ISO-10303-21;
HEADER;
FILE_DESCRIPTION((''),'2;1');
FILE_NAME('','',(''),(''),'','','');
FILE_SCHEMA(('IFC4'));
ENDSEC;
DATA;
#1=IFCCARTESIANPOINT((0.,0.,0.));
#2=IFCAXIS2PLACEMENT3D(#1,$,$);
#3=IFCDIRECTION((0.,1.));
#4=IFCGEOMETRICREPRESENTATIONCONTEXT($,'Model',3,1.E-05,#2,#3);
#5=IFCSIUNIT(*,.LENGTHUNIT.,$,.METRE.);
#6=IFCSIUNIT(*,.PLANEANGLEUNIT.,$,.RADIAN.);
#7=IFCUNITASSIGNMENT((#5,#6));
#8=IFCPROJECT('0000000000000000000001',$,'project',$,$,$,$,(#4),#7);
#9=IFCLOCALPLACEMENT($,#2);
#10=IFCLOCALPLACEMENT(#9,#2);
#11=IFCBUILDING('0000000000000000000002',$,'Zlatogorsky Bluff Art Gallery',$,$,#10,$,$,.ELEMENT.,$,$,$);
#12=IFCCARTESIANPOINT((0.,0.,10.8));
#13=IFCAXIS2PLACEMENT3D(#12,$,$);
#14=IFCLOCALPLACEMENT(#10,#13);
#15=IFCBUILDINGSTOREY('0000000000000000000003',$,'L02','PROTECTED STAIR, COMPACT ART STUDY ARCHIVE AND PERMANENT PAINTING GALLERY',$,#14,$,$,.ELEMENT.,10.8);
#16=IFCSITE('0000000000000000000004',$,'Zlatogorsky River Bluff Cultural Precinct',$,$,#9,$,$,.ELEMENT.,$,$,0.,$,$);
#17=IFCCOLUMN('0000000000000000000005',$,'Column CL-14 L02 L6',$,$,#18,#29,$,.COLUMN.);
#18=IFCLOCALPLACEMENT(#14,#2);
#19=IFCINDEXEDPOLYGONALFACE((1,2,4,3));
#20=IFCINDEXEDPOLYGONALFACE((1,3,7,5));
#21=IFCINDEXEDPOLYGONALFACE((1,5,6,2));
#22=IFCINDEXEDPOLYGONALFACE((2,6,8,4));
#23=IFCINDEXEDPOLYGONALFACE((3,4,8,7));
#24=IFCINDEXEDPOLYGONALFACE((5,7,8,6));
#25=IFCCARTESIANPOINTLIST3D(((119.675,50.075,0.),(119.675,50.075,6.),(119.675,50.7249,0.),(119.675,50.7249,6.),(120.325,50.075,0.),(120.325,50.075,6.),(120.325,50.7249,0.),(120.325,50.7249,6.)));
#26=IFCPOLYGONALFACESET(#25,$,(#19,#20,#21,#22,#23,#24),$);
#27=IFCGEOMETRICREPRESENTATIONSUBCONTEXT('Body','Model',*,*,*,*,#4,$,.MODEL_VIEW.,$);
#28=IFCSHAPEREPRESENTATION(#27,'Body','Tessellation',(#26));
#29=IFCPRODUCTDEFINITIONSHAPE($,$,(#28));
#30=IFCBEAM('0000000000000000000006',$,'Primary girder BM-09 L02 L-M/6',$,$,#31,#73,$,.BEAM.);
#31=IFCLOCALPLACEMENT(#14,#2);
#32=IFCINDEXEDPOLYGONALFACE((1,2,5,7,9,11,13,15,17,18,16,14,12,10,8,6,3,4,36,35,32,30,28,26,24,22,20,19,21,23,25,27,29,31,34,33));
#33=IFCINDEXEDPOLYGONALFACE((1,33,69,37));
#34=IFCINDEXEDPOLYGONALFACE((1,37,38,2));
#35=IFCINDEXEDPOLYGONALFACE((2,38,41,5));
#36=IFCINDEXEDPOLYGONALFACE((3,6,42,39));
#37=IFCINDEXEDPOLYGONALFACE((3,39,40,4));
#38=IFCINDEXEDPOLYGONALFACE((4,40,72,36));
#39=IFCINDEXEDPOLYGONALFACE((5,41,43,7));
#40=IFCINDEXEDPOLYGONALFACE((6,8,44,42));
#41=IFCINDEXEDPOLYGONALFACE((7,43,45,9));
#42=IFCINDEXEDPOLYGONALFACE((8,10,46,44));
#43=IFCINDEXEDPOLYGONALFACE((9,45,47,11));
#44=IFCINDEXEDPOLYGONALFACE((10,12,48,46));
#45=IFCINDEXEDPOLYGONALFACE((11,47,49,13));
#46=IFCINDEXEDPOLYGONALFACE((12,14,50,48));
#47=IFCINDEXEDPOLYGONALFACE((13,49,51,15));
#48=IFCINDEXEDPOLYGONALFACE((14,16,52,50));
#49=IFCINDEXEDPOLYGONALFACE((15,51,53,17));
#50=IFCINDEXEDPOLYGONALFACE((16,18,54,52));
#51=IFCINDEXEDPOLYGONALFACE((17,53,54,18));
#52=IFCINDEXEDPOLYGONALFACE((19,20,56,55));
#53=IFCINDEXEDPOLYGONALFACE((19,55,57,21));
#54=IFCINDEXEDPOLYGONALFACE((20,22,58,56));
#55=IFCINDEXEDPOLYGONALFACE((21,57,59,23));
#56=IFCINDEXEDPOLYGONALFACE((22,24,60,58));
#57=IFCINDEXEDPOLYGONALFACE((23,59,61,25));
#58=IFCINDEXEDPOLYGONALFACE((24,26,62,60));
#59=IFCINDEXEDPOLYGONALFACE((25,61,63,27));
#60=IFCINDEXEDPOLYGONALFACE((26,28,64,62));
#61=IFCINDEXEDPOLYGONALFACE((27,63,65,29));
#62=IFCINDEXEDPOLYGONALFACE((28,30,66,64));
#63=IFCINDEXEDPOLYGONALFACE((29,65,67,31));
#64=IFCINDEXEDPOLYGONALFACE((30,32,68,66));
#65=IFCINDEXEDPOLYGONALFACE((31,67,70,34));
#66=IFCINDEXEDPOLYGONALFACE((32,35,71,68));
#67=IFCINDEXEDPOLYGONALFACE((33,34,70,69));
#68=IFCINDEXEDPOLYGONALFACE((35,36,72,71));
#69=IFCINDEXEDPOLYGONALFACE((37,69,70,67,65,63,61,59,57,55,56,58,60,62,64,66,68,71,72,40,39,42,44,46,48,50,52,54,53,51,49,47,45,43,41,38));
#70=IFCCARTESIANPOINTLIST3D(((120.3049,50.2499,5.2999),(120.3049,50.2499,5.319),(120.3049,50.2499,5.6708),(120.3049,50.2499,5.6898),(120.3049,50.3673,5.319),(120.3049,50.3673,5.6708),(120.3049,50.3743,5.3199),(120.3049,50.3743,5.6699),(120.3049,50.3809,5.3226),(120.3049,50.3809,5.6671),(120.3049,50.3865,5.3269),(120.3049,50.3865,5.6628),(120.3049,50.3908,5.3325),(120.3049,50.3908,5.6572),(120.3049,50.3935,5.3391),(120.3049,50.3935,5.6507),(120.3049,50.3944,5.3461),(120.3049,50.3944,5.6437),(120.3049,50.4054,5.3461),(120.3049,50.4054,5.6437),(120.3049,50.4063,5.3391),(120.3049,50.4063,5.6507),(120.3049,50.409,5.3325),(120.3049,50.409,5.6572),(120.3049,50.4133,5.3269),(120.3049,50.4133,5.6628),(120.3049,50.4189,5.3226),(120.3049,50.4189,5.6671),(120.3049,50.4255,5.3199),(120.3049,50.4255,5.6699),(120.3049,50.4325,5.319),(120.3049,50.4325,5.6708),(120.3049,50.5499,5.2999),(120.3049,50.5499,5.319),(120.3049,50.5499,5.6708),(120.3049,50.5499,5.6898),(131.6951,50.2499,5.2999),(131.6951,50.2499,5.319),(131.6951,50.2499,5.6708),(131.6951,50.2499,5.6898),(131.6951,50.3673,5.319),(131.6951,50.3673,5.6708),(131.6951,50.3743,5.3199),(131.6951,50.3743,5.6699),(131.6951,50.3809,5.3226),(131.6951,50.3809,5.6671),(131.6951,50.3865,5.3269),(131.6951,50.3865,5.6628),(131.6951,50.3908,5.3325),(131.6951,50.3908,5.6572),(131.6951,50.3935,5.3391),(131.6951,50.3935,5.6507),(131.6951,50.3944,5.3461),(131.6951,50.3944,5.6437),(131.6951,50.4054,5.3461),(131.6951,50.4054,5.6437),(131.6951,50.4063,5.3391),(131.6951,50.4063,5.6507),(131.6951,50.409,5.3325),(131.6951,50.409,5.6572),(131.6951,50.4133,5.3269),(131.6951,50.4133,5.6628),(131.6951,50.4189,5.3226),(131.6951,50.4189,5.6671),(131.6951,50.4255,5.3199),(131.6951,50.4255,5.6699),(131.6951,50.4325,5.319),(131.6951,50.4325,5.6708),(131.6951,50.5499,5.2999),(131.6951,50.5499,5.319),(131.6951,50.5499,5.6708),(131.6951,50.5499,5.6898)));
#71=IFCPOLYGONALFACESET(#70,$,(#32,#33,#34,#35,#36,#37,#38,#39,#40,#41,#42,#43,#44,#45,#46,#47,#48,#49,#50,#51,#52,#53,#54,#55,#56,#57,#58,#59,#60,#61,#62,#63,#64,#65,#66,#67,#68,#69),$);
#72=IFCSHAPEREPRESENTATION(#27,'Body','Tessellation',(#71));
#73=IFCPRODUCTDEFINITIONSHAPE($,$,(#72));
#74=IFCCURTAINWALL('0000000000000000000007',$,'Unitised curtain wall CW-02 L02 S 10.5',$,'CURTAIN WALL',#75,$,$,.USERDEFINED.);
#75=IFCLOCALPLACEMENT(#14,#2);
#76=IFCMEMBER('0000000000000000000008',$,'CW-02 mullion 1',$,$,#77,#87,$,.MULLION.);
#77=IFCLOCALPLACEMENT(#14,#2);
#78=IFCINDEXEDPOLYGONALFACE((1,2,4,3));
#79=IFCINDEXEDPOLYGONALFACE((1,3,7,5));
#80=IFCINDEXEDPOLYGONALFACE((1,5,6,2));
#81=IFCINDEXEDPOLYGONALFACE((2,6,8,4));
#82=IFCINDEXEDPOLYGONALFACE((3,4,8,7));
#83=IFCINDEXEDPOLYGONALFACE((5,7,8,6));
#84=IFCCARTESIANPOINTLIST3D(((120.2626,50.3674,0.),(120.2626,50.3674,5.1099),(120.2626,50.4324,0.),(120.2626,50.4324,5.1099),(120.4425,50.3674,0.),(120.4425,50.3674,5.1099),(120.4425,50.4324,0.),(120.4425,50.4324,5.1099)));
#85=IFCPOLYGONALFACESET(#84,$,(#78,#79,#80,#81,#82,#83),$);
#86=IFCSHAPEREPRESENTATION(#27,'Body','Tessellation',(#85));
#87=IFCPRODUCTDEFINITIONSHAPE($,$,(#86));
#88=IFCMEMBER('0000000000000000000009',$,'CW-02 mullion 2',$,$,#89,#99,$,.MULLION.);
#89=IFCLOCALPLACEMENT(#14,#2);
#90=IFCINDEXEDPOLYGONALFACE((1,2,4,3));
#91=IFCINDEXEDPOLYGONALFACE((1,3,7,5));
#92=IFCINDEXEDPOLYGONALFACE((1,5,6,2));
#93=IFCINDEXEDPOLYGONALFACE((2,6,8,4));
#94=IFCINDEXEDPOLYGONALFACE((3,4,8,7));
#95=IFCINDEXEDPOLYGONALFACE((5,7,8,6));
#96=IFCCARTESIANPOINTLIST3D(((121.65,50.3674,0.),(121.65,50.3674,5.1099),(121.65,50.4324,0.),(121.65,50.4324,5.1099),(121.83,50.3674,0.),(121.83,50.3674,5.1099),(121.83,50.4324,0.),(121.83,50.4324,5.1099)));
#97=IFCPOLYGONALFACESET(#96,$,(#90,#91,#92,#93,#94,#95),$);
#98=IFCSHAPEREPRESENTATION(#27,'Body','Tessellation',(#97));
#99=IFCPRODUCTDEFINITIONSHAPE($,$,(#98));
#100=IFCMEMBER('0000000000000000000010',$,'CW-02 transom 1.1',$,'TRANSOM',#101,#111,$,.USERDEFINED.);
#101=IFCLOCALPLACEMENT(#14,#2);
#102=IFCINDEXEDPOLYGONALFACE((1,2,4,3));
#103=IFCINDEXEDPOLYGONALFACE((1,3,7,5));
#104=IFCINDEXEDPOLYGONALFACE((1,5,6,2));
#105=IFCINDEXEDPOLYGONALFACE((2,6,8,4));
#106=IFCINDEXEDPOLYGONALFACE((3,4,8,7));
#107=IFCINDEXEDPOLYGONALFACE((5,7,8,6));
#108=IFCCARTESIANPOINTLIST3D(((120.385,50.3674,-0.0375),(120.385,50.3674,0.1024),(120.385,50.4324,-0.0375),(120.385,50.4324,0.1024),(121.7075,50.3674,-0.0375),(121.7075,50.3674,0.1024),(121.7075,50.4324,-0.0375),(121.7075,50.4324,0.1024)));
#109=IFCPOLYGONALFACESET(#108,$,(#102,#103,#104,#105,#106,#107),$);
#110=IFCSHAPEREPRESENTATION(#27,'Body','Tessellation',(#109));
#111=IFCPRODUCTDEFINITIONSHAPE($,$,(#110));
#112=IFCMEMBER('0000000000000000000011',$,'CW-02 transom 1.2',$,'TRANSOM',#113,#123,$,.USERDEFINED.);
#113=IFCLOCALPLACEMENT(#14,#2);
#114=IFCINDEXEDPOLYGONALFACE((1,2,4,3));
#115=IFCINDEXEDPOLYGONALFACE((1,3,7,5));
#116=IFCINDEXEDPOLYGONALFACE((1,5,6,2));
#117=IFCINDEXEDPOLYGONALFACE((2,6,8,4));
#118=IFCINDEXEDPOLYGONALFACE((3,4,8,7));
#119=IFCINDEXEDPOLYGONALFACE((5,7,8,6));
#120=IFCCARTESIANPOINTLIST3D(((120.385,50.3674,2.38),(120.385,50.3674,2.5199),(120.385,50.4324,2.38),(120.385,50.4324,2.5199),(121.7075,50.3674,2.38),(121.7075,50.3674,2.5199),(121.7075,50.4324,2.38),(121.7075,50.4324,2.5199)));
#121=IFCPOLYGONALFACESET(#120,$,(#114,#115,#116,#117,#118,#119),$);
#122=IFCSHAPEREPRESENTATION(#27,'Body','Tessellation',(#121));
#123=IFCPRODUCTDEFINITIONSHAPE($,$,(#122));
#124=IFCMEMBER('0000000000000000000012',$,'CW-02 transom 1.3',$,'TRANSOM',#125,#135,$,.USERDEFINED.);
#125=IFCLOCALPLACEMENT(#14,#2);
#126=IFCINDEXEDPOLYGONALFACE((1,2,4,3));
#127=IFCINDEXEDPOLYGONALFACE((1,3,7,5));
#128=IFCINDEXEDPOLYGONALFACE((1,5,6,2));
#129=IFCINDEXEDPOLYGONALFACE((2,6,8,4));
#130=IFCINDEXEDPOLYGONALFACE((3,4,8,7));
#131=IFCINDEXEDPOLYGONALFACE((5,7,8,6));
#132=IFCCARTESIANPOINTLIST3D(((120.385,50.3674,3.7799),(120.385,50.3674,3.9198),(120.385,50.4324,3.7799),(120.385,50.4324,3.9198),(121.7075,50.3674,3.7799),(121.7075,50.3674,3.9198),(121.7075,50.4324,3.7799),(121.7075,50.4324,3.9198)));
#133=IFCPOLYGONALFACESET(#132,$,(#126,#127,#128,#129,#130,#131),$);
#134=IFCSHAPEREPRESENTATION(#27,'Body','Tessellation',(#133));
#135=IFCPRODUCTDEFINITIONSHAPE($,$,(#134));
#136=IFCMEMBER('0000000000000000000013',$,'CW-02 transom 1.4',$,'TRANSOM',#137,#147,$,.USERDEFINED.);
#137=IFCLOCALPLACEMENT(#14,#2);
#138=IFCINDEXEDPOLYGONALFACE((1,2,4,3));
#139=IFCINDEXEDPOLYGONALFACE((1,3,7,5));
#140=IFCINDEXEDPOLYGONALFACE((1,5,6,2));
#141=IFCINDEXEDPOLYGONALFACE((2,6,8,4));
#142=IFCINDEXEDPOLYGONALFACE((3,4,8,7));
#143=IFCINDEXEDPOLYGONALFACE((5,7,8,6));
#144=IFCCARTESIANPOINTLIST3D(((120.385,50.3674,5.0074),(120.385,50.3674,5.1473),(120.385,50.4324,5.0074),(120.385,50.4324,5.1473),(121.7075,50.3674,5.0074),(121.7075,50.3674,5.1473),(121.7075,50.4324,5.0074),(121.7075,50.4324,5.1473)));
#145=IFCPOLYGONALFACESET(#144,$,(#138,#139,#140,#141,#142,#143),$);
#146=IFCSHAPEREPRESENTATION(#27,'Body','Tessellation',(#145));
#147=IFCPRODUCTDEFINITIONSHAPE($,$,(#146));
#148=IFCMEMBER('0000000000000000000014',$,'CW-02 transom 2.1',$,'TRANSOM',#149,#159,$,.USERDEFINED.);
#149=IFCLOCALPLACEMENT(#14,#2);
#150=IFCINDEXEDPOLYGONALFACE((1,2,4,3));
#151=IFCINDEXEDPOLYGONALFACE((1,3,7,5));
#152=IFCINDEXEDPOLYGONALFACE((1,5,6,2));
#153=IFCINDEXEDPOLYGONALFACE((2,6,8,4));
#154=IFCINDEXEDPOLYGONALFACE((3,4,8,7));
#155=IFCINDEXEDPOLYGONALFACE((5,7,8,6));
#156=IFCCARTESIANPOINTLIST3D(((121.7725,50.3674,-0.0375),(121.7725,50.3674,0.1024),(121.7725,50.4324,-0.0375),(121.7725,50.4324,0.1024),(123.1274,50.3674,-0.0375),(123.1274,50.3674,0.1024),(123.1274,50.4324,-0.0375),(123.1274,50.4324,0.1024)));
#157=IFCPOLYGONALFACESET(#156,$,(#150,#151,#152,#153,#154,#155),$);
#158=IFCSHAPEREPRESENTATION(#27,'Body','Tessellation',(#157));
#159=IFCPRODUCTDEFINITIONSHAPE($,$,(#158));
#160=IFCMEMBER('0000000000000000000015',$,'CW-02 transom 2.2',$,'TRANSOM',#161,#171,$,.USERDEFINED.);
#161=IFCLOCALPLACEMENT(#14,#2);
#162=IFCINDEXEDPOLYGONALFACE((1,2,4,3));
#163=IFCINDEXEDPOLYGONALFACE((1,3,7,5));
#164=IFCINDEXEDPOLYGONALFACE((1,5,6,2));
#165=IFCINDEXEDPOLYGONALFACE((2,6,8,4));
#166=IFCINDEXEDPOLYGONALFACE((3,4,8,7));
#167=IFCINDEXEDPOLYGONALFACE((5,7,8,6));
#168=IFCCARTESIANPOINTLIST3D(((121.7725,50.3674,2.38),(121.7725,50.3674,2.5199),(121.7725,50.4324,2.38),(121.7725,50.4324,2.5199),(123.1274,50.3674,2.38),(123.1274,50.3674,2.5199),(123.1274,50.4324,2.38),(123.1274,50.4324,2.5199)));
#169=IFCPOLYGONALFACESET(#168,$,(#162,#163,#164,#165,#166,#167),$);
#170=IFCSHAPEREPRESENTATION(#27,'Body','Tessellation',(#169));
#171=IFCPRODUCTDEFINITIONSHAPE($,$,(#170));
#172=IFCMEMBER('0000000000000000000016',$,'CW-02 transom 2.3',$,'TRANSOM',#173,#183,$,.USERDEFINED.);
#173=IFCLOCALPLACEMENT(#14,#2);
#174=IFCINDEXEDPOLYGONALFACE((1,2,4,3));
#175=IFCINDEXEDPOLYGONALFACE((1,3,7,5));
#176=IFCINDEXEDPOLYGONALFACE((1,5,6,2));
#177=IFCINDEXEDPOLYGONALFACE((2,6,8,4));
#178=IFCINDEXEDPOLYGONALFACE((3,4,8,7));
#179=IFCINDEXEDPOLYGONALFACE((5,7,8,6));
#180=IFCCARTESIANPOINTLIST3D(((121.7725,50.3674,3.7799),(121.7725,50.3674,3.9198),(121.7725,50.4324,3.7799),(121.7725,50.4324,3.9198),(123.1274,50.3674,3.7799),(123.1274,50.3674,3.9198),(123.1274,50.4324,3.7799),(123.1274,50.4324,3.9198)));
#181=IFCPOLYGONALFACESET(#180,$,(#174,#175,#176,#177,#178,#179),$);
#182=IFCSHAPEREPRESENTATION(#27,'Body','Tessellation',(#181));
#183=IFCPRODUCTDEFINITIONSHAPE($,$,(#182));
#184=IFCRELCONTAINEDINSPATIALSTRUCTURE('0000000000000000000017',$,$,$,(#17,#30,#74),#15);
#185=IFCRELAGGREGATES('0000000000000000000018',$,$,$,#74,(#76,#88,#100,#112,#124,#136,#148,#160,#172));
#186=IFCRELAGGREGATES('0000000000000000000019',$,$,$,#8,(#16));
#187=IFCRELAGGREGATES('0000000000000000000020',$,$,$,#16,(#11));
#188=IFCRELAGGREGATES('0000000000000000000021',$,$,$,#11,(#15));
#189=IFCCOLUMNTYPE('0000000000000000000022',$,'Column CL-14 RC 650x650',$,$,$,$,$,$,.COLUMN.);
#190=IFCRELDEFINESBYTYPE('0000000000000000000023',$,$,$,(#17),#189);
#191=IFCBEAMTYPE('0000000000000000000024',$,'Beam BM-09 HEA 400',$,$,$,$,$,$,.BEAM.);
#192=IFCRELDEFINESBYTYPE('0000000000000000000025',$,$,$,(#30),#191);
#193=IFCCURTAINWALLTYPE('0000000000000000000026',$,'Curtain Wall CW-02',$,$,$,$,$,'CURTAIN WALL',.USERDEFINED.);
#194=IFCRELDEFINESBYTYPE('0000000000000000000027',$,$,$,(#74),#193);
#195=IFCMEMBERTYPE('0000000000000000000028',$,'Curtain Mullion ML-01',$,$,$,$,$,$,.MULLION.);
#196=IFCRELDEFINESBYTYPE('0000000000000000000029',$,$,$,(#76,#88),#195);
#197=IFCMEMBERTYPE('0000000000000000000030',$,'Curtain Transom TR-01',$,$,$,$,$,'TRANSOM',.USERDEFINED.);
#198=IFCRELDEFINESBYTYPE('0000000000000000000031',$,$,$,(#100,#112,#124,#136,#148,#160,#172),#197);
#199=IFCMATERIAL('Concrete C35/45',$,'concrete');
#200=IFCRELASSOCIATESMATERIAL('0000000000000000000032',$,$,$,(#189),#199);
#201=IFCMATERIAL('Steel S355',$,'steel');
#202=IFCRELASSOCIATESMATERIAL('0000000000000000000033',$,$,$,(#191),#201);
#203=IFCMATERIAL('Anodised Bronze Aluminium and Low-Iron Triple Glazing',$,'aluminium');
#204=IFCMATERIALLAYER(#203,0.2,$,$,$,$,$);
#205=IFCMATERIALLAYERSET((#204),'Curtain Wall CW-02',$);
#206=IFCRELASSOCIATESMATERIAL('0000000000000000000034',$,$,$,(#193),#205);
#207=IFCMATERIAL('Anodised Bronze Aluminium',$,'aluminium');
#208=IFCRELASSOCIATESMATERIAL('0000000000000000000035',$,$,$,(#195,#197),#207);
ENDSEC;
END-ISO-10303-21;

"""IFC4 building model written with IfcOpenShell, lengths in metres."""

from ifc_helpers import new_model, si_unit, direction, frame, origin, origin_2d, place, context, subcontext, project, spatial, rectangle, i_section, extrude, material, layer, layer_set, material_profile, profile_set, type_object, element, aggregate, save


model = new_model("IFC4")

# Units and contexts
model_context = context("Model", 3, precision=1e-05, world=origin(), true_north=direction((0.0, 1.0)))
body_context = subcontext(model_context, "Body", "Model", "MODEL_VIEW")
ifc_project = project(units=[si_unit("LENGTHUNIT", "METRE"), si_unit("PLANEANGLEUNIT", "RADIAN")], contexts=[model_context])

# Site, building, storey
site_placement = place(None, origin())
site = spatial("IfcSite", under=ifc_project, at=site_placement, Name="Zlatogorsky River Bluff Cultural Precinct", CompositionType="ELEMENT", RefElevation=0.0)
building_placement = place(site_placement, origin())
building = spatial("IfcBuilding", under=site, at=building_placement, Name="Zlatogorsky Bluff Art Gallery", CompositionType="ELEMENT")
storey_placement = place(building_placement, frame((0.0, 0.0, 10.8)))
storey = spatial("IfcBuildingStorey", under=building, at=storey_placement, Name="L02", Description="PROTECTED STAIR, COMPACT ART STUDY ARCHIVE AND PERMANENT PAINTING GALLERY", CompositionType="ELEMENT", Elevation=10.8)

# Column
ifc_material_1 = material(Name="Concrete C35/45", Category="concrete")
ifc_material_profile_1 = material_profile(ifc_material_1, rectangle(XDim=0.6499, YDim=0.6499, at=origin_2d()), Name="RC 650x650")
ifc_profile_set_1 = profile_set([ifc_material_profile_1], Name="Concrete C35/45")
column_type = type_object("IfcColumnType", Name="Column CL-14 RC 650x650", PredefinedType="COLUMN", material=ifc_profile_set_1)
column_placement = place(storey_placement, frame((120.0, 50.3999, 0.0), z_axis=(0.0, 0.0, 1.0), x_axis=(1.0, 0.0, 0.0)))
element("IfcColumn", 1, at=column_placement, inside=storey, type_object=column_type, Name="Column CL-14 L02 L6", PredefinedType="COLUMN", context=body_context, shape_type="SweptSolid", body=[
    extrude(rectangle(XDim=0.6499, YDim=0.6499, at=origin_2d()), origin(), (0.0, 0.0, 1.0), 6.0),
])

# Beam
ifc_material_2 = material(Name="Steel S355", Category="steel")
ifc_material_profile_2 = material_profile(ifc_material_2, i_section(OverallWidth=0.3, OverallDepth=0.3899, WebThickness=0.011, FlangeThickness=0.019, FilletRadius=0.0271, at=origin_2d()), Name="HEA 400")
ifc_profile_set_2 = profile_set([ifc_material_profile_2], Name="Steel S355")
beam_type = type_object("IfcBeamType", Name="Beam BM-09 HEA 400", PredefinedType="BEAM", material=ifc_profile_set_2)
beam_placement = place(storey_placement, frame((120.3049, 50.3999, 5.4949), z_axis=(1.0, 0.0, 0.0), x_axis=(0.0, 1.0, 0.0)))
element("IfcBeam", 2, at=beam_placement, inside=storey, type_object=beam_type, Name="Primary girder BM-09 L02 L-M/6", PredefinedType="BEAM", context=body_context, shape_type="SweptSolid", body=[
    extrude(i_section(OverallWidth=0.3, OverallDepth=0.3899, WebThickness=0.011, FlangeThickness=0.019, FilletRadius=0.0271, at=origin_2d()), origin(), (0.0, 0.0, 1.0), 11.3901),
])

# Curtain wall, members
ifc_material_3 = material(Name="Anodised Bronze Aluminium and Low-Iron Triple Glazing", Category="aluminium")
ifc_layer_1 = layer(ifc_material_3, 0.2)
ifc_layer_set_1 = layer_set([ifc_layer_1], Name="Curtain Wall CW-02")
curtain_wall_type = type_object("IfcCurtainWallType", Name="Curtain Wall CW-02", ElementType="CURTAIN WALL", PredefinedType="USERDEFINED", material=ifc_layer_set_1)
curtain_wall_placement = place(storey_placement, origin())
curtain_wall = element("IfcCurtainWall", 3, at=curtain_wall_placement, inside=storey, type_object=curtain_wall_type, Name="Unitised curtain wall CW-02 L02 S 10.5", ObjectType="CURTAIN WALL", PredefinedType="USERDEFINED")
ifc_material_4 = material(Name="Anodised Bronze Aluminium", Category="aluminium")
ifc_material_profile_3 = material_profile(ifc_material_4, rectangle(XDim=0.0649, YDim=0.1799, at=origin_2d()), Name="ALU MULLION 65x180")
ifc_profile_set_3 = profile_set([ifc_material_profile_3], Name="Anodised Bronze Aluminium")
member_type_1 = type_object("IfcMemberType", Name="Curtain Mullion ML-01", PredefinedType="MULLION", material=ifc_profile_set_3)
member_1_placement = place(storey_placement, frame((120.3525, 50.3999, 0.0), z_axis=(0.0, 0.0, 1.0), x_axis=(0.0, 1.0, 0.0)))
member_1 = element("IfcMember", 4, at=member_1_placement, type_object=member_type_1, Name="CW-02 mullion 1", PredefinedType="MULLION", context=body_context, shape_type="SweptSolid", body=[
    extrude(rectangle(XDim=0.0649, YDim=0.1799, at=origin_2d()), origin(), (0.0, 0.0, 1.0), 5.1099),
])
member_2_placement = place(storey_placement, frame((121.74, 50.3999, 0.0), z_axis=(0.0, 0.0, 1.0), x_axis=(0.0, 1.0, 0.0)))
member_2 = element("IfcMember", 5, at=member_2_placement, type_object=member_type_1, Name="CW-02 mullion 2", PredefinedType="MULLION", context=body_context, shape_type="SweptSolid", body=[
    extrude(rectangle(XDim=0.0649, YDim=0.1799, at=origin_2d()), origin(), (0.0, 0.0, 1.0), 5.1099),
])
ifc_material_profile_4 = material_profile(ifc_material_4, rectangle(XDim=0.0649, YDim=0.1399, at=origin_2d()), Name="ALU TRANSOM 65x140")
ifc_profile_set_4 = profile_set([ifc_material_profile_4], Name="Anodised Bronze Aluminium")
member_type_2 = type_object("IfcMemberType", Name="Curtain Transom TR-01", ElementType="TRANSOM", PredefinedType="USERDEFINED", material=ifc_profile_set_4)
member_3_placement = place(storey_placement, frame((120.385, 50.3999, 0.0325), z_axis=(1.0, 0.0, 0.0), x_axis=(0.0, 1.0, 0.0)))
member_3 = element("IfcMember", 6, at=member_3_placement, type_object=member_type_2, Name="CW-02 transom 1.1", ObjectType="TRANSOM", PredefinedType="USERDEFINED", context=body_context, shape_type="SweptSolid", body=[
    extrude(rectangle(XDim=0.0649, YDim=0.1399, at=origin_2d()), origin(), (0.0, 0.0, 1.0), 1.3225),
])
member_4_placement = place(storey_placement, frame((120.385, 50.3999, 2.45), z_axis=(1.0, 0.0, 0.0), x_axis=(0.0, 1.0, 0.0)))
member_4 = element("IfcMember", 7, at=member_4_placement, type_object=member_type_2, Name="CW-02 transom 1.2", ObjectType="TRANSOM", PredefinedType="USERDEFINED", context=body_context, shape_type="SweptSolid", body=[
    extrude(rectangle(XDim=0.0649, YDim=0.1399, at=origin_2d()), origin(), (0.0, 0.0, 1.0), 1.3225),
])
member_5_placement = place(storey_placement, frame((120.385, 50.3999, 3.8499), z_axis=(1.0, 0.0, 0.0), x_axis=(0.0, 1.0, 0.0)))
member_5 = element("IfcMember", 8, at=member_5_placement, type_object=member_type_2, Name="CW-02 transom 1.3", ObjectType="TRANSOM", PredefinedType="USERDEFINED", context=body_context, shape_type="SweptSolid", body=[
    extrude(rectangle(XDim=0.0649, YDim=0.1399, at=origin_2d()), origin(), (0.0, 0.0, 1.0), 1.3225),
])
member_6_placement = place(storey_placement, frame((120.385, 50.3999, 5.0774), z_axis=(1.0, 0.0, 0.0), x_axis=(0.0, 1.0, 0.0)))
member_6 = element("IfcMember", 9, at=member_6_placement, type_object=member_type_2, Name="CW-02 transom 1.4", ObjectType="TRANSOM", PredefinedType="USERDEFINED", context=body_context, shape_type="SweptSolid", body=[
    extrude(rectangle(XDim=0.0649, YDim=0.1399, at=origin_2d()), origin(), (0.0, 0.0, 1.0), 1.3225),
])
member_7_placement = place(storey_placement, frame((121.7725, 50.3999, 0.0325), z_axis=(1.0, 0.0, 0.0), x_axis=(0.0, 1.0, 0.0)))
member_7 = element("IfcMember", 10, at=member_7_placement, type_object=member_type_2, Name="CW-02 transom 2.1", ObjectType="TRANSOM", PredefinedType="USERDEFINED", context=body_context, shape_type="SweptSolid", body=[
    extrude(rectangle(XDim=0.0649, YDim=0.1399, at=origin_2d()), origin(), (0.0, 0.0, 1.0), 1.355),
])
member_8_placement = place(storey_placement, frame((121.7725, 50.3999, 2.45), z_axis=(1.0, 0.0, 0.0), x_axis=(0.0, 1.0, 0.0)))
member_8 = element("IfcMember", 11, at=member_8_placement, type_object=member_type_2, Name="CW-02 transom 2.2", ObjectType="TRANSOM", PredefinedType="USERDEFINED", context=body_context, shape_type="SweptSolid", body=[
    extrude(rectangle(XDim=0.0649, YDim=0.1399, at=origin_2d()), origin(), (0.0, 0.0, 1.0), 1.355),
])
member_9_placement = place(storey_placement, frame((121.7725, 50.3999, 3.8499), z_axis=(1.0, 0.0, 0.0), x_axis=(0.0, 1.0, 0.0)))
member_9 = element("IfcMember", 12, at=member_9_placement, type_object=member_type_2, Name="CW-02 transom 2.3", ObjectType="TRANSOM", PredefinedType="USERDEFINED", context=body_context, shape_type="SweptSolid", body=[
    extrude(rectangle(XDim=0.0649, YDim=0.1399, at=origin_2d()), origin(), (0.0, 0.0, 1.0), 1.355),
])
aggregate(curtain_wall, [member_1, member_2, member_3, member_4, member_5, member_6, member_7, member_8, member_9])

save(model, "model.ifc")
